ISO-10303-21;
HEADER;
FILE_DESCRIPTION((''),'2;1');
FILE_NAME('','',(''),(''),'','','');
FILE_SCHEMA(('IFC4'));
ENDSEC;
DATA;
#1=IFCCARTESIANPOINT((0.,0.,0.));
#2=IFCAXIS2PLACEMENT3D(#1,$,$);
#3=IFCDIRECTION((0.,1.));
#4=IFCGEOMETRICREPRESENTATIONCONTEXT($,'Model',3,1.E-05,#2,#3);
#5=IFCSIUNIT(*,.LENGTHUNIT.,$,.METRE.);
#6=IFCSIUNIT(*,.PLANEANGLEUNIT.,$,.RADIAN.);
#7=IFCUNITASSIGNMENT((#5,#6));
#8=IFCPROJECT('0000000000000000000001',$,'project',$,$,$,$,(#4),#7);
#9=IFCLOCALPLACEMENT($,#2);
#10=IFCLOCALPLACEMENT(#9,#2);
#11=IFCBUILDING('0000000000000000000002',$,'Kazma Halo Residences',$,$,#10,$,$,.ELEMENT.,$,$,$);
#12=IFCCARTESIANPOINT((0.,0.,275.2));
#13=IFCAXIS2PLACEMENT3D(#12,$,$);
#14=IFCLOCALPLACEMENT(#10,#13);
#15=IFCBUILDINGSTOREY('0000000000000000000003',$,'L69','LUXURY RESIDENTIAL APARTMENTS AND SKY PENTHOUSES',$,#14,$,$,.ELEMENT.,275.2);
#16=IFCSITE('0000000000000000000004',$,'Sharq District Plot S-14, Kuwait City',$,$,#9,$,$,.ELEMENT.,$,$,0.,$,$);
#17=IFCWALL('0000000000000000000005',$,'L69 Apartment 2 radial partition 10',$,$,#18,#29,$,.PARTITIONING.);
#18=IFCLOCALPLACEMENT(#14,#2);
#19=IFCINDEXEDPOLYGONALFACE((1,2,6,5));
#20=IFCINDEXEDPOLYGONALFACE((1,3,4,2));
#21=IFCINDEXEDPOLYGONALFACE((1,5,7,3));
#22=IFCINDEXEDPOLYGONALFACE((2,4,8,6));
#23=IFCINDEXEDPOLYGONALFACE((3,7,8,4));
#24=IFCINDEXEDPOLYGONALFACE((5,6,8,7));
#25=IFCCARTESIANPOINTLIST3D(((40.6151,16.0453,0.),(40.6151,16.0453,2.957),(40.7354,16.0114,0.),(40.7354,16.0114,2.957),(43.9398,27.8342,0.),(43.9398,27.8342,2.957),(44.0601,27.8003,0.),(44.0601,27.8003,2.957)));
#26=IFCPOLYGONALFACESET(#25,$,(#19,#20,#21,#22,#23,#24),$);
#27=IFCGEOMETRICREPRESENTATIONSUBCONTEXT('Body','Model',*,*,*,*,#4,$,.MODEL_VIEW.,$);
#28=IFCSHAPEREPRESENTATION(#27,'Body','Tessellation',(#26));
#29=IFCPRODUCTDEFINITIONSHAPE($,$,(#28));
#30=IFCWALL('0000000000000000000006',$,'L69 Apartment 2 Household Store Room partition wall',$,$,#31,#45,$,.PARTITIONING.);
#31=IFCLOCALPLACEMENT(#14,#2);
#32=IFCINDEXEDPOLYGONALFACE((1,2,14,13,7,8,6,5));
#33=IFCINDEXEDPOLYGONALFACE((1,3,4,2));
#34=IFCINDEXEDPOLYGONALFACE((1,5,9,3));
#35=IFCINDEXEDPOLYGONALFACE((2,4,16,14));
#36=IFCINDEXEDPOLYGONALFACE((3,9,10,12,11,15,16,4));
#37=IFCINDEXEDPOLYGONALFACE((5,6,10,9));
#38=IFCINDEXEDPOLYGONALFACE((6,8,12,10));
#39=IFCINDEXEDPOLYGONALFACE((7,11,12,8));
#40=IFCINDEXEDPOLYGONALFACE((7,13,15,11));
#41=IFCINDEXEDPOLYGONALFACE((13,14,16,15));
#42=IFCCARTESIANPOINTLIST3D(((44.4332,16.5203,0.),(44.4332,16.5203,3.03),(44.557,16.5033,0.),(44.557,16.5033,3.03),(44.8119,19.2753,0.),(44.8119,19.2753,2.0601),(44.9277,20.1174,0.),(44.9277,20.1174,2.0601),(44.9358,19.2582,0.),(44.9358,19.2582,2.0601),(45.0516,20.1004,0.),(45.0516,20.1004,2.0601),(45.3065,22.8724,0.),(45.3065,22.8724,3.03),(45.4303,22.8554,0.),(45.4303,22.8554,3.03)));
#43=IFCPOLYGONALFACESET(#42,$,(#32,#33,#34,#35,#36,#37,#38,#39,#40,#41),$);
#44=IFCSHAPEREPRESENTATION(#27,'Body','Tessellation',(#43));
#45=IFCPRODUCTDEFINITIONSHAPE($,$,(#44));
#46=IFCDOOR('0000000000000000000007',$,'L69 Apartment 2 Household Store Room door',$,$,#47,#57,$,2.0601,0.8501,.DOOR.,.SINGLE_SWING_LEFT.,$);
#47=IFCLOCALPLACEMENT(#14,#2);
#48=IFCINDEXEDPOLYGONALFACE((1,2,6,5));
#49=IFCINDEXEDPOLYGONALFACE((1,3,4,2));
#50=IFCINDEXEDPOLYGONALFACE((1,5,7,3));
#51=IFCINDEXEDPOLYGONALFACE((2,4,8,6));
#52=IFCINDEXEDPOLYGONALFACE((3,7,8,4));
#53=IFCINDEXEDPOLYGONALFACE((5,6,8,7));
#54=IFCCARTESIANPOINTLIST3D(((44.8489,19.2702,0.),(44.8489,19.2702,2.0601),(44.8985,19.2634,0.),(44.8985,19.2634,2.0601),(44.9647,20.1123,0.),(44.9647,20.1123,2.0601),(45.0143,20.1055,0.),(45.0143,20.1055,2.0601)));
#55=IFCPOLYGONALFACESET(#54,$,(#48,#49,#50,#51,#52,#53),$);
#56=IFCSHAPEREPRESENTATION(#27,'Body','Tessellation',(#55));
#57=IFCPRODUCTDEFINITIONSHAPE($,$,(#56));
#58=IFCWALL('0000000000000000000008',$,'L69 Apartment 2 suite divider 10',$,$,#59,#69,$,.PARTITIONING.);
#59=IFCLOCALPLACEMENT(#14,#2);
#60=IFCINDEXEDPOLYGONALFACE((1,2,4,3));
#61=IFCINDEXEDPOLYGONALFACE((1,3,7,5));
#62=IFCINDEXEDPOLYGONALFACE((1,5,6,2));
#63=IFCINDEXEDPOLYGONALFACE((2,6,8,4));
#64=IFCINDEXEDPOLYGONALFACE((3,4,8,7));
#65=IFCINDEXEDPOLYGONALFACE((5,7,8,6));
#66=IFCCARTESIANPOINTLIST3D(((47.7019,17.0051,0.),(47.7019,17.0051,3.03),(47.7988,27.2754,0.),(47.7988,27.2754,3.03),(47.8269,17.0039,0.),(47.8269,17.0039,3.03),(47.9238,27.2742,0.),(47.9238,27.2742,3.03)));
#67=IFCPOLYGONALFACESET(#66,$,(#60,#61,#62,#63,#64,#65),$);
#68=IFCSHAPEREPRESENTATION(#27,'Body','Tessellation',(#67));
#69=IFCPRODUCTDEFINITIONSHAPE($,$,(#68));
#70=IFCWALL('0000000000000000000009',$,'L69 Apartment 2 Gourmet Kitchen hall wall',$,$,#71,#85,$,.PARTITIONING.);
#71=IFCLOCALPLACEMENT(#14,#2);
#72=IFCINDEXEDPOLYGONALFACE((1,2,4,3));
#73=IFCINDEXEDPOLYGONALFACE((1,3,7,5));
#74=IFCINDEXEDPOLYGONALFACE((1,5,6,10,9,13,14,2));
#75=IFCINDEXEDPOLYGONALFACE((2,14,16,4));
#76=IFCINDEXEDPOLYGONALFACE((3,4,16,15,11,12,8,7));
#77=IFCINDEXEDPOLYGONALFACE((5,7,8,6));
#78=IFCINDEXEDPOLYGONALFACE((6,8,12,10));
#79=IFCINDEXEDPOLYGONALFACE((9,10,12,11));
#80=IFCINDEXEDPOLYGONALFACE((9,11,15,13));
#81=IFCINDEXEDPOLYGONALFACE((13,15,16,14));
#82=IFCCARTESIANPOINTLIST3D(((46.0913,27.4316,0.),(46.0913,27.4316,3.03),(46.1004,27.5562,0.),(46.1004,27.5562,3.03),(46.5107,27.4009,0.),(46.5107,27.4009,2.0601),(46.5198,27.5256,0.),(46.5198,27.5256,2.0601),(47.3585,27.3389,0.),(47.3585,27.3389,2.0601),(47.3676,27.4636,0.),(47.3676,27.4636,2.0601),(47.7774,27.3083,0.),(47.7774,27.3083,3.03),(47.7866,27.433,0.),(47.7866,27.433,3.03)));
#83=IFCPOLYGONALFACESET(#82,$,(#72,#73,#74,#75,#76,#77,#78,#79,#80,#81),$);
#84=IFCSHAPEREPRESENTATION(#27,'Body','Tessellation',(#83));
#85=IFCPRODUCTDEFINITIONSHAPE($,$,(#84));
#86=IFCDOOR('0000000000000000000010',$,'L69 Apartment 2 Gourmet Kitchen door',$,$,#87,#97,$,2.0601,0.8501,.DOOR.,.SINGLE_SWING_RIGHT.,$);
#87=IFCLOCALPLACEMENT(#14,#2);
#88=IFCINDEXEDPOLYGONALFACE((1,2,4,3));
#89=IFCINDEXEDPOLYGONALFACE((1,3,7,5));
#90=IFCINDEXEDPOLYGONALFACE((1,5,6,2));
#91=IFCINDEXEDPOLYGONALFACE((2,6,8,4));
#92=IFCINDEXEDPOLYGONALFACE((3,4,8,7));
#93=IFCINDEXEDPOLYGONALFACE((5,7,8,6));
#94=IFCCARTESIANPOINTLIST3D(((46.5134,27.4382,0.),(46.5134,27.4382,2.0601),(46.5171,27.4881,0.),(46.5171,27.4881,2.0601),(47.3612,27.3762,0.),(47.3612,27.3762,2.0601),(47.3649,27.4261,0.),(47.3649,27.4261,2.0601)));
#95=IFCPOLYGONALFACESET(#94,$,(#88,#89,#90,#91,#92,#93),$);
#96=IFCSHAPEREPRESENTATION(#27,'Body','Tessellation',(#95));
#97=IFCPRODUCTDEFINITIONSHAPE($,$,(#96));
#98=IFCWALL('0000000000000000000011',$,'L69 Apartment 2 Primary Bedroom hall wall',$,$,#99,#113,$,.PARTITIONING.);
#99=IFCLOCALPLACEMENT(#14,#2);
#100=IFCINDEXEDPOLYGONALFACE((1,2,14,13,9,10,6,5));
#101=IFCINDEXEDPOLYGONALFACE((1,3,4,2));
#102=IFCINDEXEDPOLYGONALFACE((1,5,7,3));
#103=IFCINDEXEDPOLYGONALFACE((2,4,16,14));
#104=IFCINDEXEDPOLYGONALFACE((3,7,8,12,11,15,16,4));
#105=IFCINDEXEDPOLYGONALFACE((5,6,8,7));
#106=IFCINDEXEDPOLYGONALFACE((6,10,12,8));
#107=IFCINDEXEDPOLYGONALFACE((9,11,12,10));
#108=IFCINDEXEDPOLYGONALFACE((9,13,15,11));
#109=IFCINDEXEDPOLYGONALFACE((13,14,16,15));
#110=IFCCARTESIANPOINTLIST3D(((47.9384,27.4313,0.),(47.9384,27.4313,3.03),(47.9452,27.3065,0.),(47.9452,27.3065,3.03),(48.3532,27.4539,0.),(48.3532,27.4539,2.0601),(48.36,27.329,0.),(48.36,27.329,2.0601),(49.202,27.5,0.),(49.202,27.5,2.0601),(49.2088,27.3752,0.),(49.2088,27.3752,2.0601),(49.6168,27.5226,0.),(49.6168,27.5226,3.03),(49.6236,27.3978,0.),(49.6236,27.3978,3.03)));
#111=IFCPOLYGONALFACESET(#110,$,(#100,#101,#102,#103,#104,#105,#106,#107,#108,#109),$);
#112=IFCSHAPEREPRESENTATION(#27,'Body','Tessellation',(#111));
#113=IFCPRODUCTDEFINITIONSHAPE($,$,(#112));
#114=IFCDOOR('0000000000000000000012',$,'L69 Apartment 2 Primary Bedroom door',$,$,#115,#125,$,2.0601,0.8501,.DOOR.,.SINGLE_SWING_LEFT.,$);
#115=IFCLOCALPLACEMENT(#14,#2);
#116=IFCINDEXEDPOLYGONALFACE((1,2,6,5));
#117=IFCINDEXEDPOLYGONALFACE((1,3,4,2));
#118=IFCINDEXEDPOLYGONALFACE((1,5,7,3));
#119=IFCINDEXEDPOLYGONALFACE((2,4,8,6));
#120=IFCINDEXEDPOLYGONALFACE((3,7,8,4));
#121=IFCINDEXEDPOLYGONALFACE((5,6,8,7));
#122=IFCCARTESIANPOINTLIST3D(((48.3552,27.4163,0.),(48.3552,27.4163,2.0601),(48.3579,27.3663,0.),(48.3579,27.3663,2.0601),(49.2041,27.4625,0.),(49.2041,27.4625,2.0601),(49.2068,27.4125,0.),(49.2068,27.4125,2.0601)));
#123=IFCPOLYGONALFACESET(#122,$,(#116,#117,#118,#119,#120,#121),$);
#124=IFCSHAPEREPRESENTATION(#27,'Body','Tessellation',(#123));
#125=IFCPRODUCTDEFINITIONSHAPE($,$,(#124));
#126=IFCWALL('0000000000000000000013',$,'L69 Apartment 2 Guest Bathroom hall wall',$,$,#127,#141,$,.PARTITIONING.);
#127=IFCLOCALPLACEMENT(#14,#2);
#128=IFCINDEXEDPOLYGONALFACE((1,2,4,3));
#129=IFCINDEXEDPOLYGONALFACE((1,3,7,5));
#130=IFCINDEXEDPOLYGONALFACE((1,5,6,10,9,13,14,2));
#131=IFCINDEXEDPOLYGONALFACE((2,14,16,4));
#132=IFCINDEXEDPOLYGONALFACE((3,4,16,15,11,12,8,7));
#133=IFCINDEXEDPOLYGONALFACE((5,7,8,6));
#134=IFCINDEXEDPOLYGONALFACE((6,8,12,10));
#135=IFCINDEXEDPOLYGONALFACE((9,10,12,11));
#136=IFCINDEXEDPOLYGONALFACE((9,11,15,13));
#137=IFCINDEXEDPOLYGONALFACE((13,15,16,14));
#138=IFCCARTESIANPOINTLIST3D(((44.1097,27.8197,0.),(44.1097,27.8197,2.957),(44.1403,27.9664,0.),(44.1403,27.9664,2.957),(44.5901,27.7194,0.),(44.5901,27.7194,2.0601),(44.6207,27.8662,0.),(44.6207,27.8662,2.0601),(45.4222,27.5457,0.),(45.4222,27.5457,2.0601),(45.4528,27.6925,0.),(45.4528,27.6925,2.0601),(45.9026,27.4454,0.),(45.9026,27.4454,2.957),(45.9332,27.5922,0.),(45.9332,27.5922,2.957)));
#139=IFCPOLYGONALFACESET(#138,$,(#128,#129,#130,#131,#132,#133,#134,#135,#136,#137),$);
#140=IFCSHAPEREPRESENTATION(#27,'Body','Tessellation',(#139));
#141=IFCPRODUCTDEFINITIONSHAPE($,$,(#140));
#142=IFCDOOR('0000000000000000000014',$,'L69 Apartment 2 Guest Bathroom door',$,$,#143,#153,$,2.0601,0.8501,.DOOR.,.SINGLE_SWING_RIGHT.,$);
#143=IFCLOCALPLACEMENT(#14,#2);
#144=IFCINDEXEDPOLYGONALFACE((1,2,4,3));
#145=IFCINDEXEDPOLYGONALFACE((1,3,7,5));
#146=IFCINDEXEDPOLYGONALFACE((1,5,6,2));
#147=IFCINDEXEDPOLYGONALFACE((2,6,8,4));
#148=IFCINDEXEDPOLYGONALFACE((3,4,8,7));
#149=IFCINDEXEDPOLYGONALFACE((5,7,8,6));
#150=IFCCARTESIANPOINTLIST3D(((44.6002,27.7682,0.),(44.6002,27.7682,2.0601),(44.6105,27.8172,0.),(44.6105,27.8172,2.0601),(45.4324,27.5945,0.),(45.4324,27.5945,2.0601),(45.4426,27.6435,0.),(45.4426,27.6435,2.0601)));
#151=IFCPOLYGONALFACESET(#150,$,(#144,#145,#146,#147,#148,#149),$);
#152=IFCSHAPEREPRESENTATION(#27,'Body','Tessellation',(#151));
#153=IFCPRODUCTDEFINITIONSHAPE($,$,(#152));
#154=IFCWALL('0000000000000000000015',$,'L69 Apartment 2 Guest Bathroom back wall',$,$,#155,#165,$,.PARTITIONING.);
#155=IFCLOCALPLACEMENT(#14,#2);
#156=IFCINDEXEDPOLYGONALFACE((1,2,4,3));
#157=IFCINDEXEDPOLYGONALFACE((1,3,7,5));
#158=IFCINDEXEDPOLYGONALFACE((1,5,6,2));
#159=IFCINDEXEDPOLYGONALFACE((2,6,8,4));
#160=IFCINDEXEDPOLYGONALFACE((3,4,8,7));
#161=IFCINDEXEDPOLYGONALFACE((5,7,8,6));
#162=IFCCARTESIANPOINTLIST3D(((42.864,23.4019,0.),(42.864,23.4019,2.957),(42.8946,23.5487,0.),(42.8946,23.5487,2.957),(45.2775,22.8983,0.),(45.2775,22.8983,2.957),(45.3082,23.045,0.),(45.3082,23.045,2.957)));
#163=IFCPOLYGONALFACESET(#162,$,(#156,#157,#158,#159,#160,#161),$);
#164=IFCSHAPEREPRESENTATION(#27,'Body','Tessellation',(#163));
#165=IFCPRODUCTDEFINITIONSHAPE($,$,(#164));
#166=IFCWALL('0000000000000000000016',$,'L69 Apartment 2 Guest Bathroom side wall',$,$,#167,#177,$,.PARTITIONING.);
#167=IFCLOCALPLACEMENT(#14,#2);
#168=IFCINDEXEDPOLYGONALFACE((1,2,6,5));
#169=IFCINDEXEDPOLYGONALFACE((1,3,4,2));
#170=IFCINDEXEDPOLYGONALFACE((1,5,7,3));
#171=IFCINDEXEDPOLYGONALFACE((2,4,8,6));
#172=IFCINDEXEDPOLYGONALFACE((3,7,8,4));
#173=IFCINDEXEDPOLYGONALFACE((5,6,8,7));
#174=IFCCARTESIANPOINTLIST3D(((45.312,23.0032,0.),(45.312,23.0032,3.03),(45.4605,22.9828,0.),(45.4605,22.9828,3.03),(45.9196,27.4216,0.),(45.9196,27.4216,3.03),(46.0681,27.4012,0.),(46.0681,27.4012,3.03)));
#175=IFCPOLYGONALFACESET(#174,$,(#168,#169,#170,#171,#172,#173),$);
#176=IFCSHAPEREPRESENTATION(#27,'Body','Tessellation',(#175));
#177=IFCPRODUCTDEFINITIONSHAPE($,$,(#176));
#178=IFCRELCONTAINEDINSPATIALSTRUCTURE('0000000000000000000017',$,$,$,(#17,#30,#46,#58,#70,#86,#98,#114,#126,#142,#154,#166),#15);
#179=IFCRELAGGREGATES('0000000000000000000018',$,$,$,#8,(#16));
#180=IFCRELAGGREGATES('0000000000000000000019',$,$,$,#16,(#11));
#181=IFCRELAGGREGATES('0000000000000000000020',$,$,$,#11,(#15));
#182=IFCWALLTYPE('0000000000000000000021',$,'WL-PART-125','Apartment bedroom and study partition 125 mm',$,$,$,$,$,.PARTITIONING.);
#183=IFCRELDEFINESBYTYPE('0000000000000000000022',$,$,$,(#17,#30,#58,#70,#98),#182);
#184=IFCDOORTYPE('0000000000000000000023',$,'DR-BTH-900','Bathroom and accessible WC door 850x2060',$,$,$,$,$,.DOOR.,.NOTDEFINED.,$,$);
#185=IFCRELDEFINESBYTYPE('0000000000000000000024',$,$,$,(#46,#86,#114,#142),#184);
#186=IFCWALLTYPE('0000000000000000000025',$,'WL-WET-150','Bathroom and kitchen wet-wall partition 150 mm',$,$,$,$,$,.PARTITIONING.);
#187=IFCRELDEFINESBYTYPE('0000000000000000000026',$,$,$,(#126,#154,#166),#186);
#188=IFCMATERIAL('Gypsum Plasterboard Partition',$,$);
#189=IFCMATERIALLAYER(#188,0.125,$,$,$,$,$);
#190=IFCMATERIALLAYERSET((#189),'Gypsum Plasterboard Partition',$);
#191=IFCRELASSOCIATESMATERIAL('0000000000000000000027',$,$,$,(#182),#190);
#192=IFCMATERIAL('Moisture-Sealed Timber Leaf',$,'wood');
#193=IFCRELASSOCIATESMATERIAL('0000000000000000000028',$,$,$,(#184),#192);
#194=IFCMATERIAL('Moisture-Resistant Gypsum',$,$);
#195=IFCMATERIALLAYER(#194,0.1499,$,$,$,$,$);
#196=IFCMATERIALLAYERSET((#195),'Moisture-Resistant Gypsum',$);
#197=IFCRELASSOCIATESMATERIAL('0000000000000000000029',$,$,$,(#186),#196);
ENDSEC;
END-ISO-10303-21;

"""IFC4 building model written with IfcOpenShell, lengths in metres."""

from ifc_helpers import new_model, si_unit, direction, frame, frame_2d, origin, place, context, subcontext, project, spatial, rectangle, extrude, material, layer, layer_set, type_object, element, fill, save


model = new_model("IFC4")

# Units and contexts
model_context = context("Model", 3, precision=1e-05, world=origin(), true_north=direction((0.0, 1.0)))
body_context = subcontext(model_context, "Body", "Model", "MODEL_VIEW")
ifc_project = project(units=[si_unit("LENGTHUNIT", "METRE"), si_unit("PLANEANGLEUNIT", "RADIAN")], contexts=[model_context])

# Site, building, storey
site_placement = place(None, origin())
site = spatial("IfcSite", under=ifc_project, at=site_placement, Name="Sharq District Plot S-14, Kuwait City", CompositionType="ELEMENT", RefElevation=0.0)
building_placement = place(site_placement, origin())
building = spatial("IfcBuilding", under=site, at=building_placement, Name="Kazma Halo Residences", CompositionType="ELEMENT")
storey_placement = place(building_placement, frame((0.0, 0.0, 275.2)))
storey = spatial("IfcBuildingStorey", under=building, at=storey_placement, Name="L69", Description="LUXURY RESIDENTIAL APARTMENTS AND SKY PENTHOUSES", CompositionType="ELEMENT", Elevation=275.2)

# Wall
ifc_material_1 = material(Name="Gypsum Plasterboard Partition")
ifc_layer_1 = layer(ifc_material_1, 0.125)
ifc_layer_set_1 = layer_set([ifc_layer_1], Name="Gypsum Plasterboard Partition")
wall_type_1 = type_object("IfcWallType", Name="WL-PART-125", Description="Apartment bedroom and study partition 125 mm", PredefinedType="PARTITIONING", material=ifc_layer_set_1)
wall_1_placement = place(storey_placement, frame((44.0, 27.8174, 0.0), z_axis=(0.0, 0.0, 1.0), x_axis=(-0.271434, -0.962457, 0.0)))
element("IfcWall", 1, at=wall_1_placement, inside=storey, type_object=wall_type_1, Name="L69 Apartment 2 radial partition 10", PredefinedType="PARTITIONING", context=body_context, shape_type="SweptSolid", body=[
    extrude(rectangle(XDim=12.2488, YDim=0.125, at=frame_2d((6.1245, 0.0))), origin(), (0.0, 0.0, 1.0), 2.957),
])

# Wall, opening, door
wall_2_placement = place(storey_placement, frame((45.3684, 22.864, 0.0), z_axis=(0.0, 0.0, 1.0), x_axis=(-0.136201, -0.990681, 0.0)))
wall_2 = element("IfcWall", 2, at=wall_2_placement, inside=storey, type_object=wall_type_1, Name="L69 Apartment 2 Household Store Room partition wall", PredefinedType="PARTITIONING", context=body_context, shape_type="SweptSolid", body=[
    extrude(rectangle(XDim=6.4119, YDim=0.125, at=frame_2d((3.2061, 0.0))), origin(), (0.0, 0.0, 1.0), 3.03),
])
opening_1_placement = place(wall_2_placement, frame((2.781, 0.0, 0.0)))
opening_1 = element("IfcOpeningElement", 3, at=opening_1_placement, cuts=wall_2, PredefinedType="OPENING", context=body_context, shape_type="SweptSolid", body=[
    extrude(rectangle(XDim=0.8501, YDim=2.0601, at=frame_2d((0.425, 1.03))), frame((0.0, 0.0725, 0.0), z_axis=(0.0, -1.0, 0.0), x_axis=(1.0, 0.0, 0.0)), (0.0, 0.0, 1.0), 0.145),
])
ifc_material_2 = material(Name="Moisture-Sealed Timber Leaf", Category="wood")
door_type = type_object("IfcDoorType", Name="DR-BTH-900", Description="Bathroom and accessible WC door 850x2060", OperationType="NOTDEFINED", PredefinedType="DOOR", material=ifc_material_2)
door_1_placement = place(opening_1_placement, origin())
door_1 = element("IfcDoor", 4, at=door_1_placement, inside=storey, type_object=door_type, Name="L69 Apartment 2 Household Store Room door", OperationType="SINGLE_SWING_LEFT", OverallHeight=2.0601, OverallWidth=0.8501, PredefinedType="DOOR", context=body_context, shape_type="SweptSolid", body=[
    extrude(rectangle(XDim=0.8501, YDim=2.0601, at=frame_2d((0.425, 1.03))), frame((0.0, 0.0249, 0.0), z_axis=(0.0, -1.0, 0.0), x_axis=(1.0, 0.0, 0.0)), (0.0, 0.0, 1.0), 0.05),
])
fill(opening_1, door_1)

# Wall
wall_3_placement = place(storey_placement, frame((47.8613, 27.2747, 0.0), z_axis=(0.0, 0.0, 1.0), x_axis=(-0.009437, -0.999955, 0.0)))
element("IfcWall", 5, at=wall_3_placement, inside=storey, type_object=wall_type_1, Name="L69 Apartment 2 suite divider 10", PredefinedType="PARTITIONING", context=body_context, shape_type="SweptSolid", body=[
    extrude(rectangle(XDim=10.2708, YDim=0.125, at=frame_2d((5.1353, 0.0))), origin(), (0.0, 0.0, 1.0), 3.03),
])

# Walls, openings, doors
wall_4_placement = place(storey_placement, frame((46.0959, 27.4939, 0.0), z_axis=(0.0, 0.0, 1.0), x_axis=(0.997338, -0.07292, 0.0)))
wall_4 = element("IfcWall", 6, at=wall_4_placement, inside=storey, type_object=wall_type_1, Name="L69 Apartment 2 Gourmet Kitchen hall wall", PredefinedType="PARTITIONING", context=body_context, shape_type="SweptSolid", body=[
    extrude(rectangle(XDim=1.6907, YDim=0.125, at=frame_2d((0.8452, 0.0))), origin(), (0.0, 0.0, 1.0), 3.03),
])
opening_2_placement = place(wall_4_placement, frame((0.4204, 0.0, 0.0)))
opening_2 = element("IfcOpeningElement", 7, at=opening_2_placement, cuts=wall_4, PredefinedType="OPENING", context=body_context, shape_type="SweptSolid", body=[
    extrude(rectangle(XDim=0.8501, YDim=2.0601, at=frame_2d((0.425, 1.03))), frame((0.0, 0.0725, 0.0), z_axis=(0.0, -1.0, 0.0), x_axis=(1.0, 0.0, 0.0)), (0.0, 0.0, 1.0), 0.145),
])
door_2_placement = place(opening_2_placement, origin())
door_2 = element("IfcDoor", 8, at=door_2_placement, inside=storey, type_object=door_type, Name="L69 Apartment 2 Gourmet Kitchen door", OperationType="SINGLE_SWING_RIGHT", OverallHeight=2.0601, OverallWidth=0.8501, PredefinedType="DOOR", context=body_context, shape_type="SweptSolid", body=[
    extrude(rectangle(XDim=0.8501, YDim=2.0601, at=frame_2d((0.425, 1.03))), frame((0.0, 0.0249, 0.0), z_axis=(0.0, -1.0, 0.0), x_axis=(1.0, 0.0, 0.0)), (0.0, 0.0, 1.0), 0.05),
])
fill(opening_2, door_2)
wall_5_placement = place(storey_placement, frame((47.9419, 27.3689, 0.0), z_axis=(0.0, 0.0, 1.0), x_axis=(0.998524, 0.05432, 0.0)))
wall_5 = element("IfcWall", 9, at=wall_5_placement, inside=storey, type_object=wall_type_1, Name="L69 Apartment 2 Primary Bedroom hall wall", PredefinedType="PARTITIONING", context=body_context, shape_type="SweptSolid", body=[
    extrude(rectangle(XDim=1.6809, YDim=0.125, at=frame_2d((0.8403, 0.0))), origin(), (0.0, 0.0, 1.0), 3.03),
])
opening_3_placement = place(wall_5_placement, frame((0.4153, 0.0, 0.0)))
opening_3 = element("IfcOpeningElement", 10, at=opening_3_placement, cuts=wall_5, PredefinedType="OPENING", context=body_context, shape_type="SweptSolid", body=[
    extrude(rectangle(XDim=0.8501, YDim=2.0601, at=frame_2d((0.425, 1.03))), frame((0.0, 0.0725, 0.0), z_axis=(0.0, -1.0, 0.0), x_axis=(1.0, 0.0, 0.0)), (0.0, 0.0, 1.0), 0.145),
])
door_3_placement = place(opening_3_placement, origin())
door_3 = element("IfcDoor", 11, at=door_3_placement, inside=storey, type_object=door_type, Name="L69 Apartment 2 Primary Bedroom door", OperationType="SINGLE_SWING_LEFT", OverallHeight=2.0601, OverallWidth=0.8501, PredefinedType="DOOR", context=body_context, shape_type="SweptSolid", body=[
    extrude(rectangle(XDim=0.8501, YDim=2.0601, at=frame_2d((0.425, 1.03))), frame((0.0, 0.0249, 0.0), z_axis=(0.0, -1.0, 0.0), x_axis=(1.0, 0.0, 0.0)), (0.0, 0.0, 1.0), 0.05),
])
fill(opening_3, door_3)
ifc_material_3 = material(Name="Moisture-Resistant Gypsum")
ifc_layer_2 = layer(ifc_material_3, 0.1499)
ifc_layer_set_2 = layer_set([ifc_layer_2], Name="Moisture-Resistant Gypsum")
wall_type_2 = type_object("IfcWallType", Name="WL-WET-150", Description="Bathroom and kitchen wet-wall partition 150 mm", PredefinedType="PARTITIONING", material=ifc_layer_set_2)
wall_6_placement = place(storey_placement, frame((44.125, 27.8931, 0.0), z_axis=(0.0, 0.0, 1.0), x_axis=(0.978901, -0.204337, 0.0)))
wall_6 = element("IfcWall", 12, at=wall_6_placement, inside=storey, type_object=wall_type_2, Name="L69 Apartment 2 Guest Bathroom hall wall", PredefinedType="PARTITIONING", context=body_context, shape_type="SweptSolid", body=[
    extrude(rectangle(XDim=1.8315, YDim=0.1499, at=frame_2d((0.9158, 0.0))), origin(), (0.0, 0.0, 1.0), 2.957),
])
opening_4_placement = place(wall_6_placement, frame((0.4907, 0.0, 0.0)))
opening_4 = element("IfcOpeningElement", 13, at=opening_4_placement, cuts=wall_6, PredefinedType="OPENING", context=body_context, shape_type="SweptSolid", body=[
    extrude(rectangle(XDim=0.8501, YDim=2.0601, at=frame_2d((0.425, 1.03))), frame((0.0, 0.085, 0.0), z_axis=(0.0, -1.0, 0.0), x_axis=(1.0, 0.0, 0.0)), (0.0, 0.0, 1.0), 0.1699),
])
door_4_placement = place(opening_4_placement, origin())
door_4 = element("IfcDoor", 14, at=door_4_placement, inside=storey, type_object=door_type, Name="L69 Apartment 2 Guest Bathroom door", OperationType="SINGLE_SWING_RIGHT", OverallHeight=2.0601, OverallWidth=0.8501, PredefinedType="DOOR", context=body_context, shape_type="SweptSolid", body=[
    extrude(rectangle(XDim=0.8501, YDim=2.0601, at=frame_2d((0.425, 1.03))), frame((0.0, 0.0249, 0.0), z_axis=(0.0, -1.0, 0.0), x_axis=(1.0, 0.0, 0.0)), (0.0, 0.0, 1.0), 0.05),
])
fill(opening_4, door_4)

# Walls
wall_7_placement = place(storey_placement, frame((42.8792, 23.4753, 0.0), z_axis=(0.0, 0.0, 1.0), x_axis=(0.978913, -0.204278, 0.0)))
element("IfcWall", 15, at=wall_7_placement, inside=storey, type_object=wall_type_2, Name="L69 Apartment 2 Guest Bathroom back wall", PredefinedType="PARTITIONING", context=body_context, shape_type="SweptSolid", body=[
    extrude(rectangle(XDim=2.4656, YDim=0.1499, at=frame_2d((1.2329, 0.0))), origin(), (0.0, 0.0, 1.0), 2.957),
])
wall_8_placement = place(storey_placement, frame((45.9939, 27.4114, 0.0), z_axis=(0.0, 0.0, 1.0), x_axis=(-0.136247, -0.990675, 0.0)))
element("IfcWall", 16, at=wall_8_placement, inside=storey, type_object=wall_type_2, Name="L69 Apartment 2 Guest Bathroom side wall", PredefinedType="PARTITIONING", context=body_context, shape_type="SweptSolid", body=[
    extrude(rectangle(XDim=4.46, YDim=0.1499, at=frame_2d((2.23, 0.0))), origin(), (0.0, 0.0, 1.0), 3.03),
])

save(model, "model.ifc")
